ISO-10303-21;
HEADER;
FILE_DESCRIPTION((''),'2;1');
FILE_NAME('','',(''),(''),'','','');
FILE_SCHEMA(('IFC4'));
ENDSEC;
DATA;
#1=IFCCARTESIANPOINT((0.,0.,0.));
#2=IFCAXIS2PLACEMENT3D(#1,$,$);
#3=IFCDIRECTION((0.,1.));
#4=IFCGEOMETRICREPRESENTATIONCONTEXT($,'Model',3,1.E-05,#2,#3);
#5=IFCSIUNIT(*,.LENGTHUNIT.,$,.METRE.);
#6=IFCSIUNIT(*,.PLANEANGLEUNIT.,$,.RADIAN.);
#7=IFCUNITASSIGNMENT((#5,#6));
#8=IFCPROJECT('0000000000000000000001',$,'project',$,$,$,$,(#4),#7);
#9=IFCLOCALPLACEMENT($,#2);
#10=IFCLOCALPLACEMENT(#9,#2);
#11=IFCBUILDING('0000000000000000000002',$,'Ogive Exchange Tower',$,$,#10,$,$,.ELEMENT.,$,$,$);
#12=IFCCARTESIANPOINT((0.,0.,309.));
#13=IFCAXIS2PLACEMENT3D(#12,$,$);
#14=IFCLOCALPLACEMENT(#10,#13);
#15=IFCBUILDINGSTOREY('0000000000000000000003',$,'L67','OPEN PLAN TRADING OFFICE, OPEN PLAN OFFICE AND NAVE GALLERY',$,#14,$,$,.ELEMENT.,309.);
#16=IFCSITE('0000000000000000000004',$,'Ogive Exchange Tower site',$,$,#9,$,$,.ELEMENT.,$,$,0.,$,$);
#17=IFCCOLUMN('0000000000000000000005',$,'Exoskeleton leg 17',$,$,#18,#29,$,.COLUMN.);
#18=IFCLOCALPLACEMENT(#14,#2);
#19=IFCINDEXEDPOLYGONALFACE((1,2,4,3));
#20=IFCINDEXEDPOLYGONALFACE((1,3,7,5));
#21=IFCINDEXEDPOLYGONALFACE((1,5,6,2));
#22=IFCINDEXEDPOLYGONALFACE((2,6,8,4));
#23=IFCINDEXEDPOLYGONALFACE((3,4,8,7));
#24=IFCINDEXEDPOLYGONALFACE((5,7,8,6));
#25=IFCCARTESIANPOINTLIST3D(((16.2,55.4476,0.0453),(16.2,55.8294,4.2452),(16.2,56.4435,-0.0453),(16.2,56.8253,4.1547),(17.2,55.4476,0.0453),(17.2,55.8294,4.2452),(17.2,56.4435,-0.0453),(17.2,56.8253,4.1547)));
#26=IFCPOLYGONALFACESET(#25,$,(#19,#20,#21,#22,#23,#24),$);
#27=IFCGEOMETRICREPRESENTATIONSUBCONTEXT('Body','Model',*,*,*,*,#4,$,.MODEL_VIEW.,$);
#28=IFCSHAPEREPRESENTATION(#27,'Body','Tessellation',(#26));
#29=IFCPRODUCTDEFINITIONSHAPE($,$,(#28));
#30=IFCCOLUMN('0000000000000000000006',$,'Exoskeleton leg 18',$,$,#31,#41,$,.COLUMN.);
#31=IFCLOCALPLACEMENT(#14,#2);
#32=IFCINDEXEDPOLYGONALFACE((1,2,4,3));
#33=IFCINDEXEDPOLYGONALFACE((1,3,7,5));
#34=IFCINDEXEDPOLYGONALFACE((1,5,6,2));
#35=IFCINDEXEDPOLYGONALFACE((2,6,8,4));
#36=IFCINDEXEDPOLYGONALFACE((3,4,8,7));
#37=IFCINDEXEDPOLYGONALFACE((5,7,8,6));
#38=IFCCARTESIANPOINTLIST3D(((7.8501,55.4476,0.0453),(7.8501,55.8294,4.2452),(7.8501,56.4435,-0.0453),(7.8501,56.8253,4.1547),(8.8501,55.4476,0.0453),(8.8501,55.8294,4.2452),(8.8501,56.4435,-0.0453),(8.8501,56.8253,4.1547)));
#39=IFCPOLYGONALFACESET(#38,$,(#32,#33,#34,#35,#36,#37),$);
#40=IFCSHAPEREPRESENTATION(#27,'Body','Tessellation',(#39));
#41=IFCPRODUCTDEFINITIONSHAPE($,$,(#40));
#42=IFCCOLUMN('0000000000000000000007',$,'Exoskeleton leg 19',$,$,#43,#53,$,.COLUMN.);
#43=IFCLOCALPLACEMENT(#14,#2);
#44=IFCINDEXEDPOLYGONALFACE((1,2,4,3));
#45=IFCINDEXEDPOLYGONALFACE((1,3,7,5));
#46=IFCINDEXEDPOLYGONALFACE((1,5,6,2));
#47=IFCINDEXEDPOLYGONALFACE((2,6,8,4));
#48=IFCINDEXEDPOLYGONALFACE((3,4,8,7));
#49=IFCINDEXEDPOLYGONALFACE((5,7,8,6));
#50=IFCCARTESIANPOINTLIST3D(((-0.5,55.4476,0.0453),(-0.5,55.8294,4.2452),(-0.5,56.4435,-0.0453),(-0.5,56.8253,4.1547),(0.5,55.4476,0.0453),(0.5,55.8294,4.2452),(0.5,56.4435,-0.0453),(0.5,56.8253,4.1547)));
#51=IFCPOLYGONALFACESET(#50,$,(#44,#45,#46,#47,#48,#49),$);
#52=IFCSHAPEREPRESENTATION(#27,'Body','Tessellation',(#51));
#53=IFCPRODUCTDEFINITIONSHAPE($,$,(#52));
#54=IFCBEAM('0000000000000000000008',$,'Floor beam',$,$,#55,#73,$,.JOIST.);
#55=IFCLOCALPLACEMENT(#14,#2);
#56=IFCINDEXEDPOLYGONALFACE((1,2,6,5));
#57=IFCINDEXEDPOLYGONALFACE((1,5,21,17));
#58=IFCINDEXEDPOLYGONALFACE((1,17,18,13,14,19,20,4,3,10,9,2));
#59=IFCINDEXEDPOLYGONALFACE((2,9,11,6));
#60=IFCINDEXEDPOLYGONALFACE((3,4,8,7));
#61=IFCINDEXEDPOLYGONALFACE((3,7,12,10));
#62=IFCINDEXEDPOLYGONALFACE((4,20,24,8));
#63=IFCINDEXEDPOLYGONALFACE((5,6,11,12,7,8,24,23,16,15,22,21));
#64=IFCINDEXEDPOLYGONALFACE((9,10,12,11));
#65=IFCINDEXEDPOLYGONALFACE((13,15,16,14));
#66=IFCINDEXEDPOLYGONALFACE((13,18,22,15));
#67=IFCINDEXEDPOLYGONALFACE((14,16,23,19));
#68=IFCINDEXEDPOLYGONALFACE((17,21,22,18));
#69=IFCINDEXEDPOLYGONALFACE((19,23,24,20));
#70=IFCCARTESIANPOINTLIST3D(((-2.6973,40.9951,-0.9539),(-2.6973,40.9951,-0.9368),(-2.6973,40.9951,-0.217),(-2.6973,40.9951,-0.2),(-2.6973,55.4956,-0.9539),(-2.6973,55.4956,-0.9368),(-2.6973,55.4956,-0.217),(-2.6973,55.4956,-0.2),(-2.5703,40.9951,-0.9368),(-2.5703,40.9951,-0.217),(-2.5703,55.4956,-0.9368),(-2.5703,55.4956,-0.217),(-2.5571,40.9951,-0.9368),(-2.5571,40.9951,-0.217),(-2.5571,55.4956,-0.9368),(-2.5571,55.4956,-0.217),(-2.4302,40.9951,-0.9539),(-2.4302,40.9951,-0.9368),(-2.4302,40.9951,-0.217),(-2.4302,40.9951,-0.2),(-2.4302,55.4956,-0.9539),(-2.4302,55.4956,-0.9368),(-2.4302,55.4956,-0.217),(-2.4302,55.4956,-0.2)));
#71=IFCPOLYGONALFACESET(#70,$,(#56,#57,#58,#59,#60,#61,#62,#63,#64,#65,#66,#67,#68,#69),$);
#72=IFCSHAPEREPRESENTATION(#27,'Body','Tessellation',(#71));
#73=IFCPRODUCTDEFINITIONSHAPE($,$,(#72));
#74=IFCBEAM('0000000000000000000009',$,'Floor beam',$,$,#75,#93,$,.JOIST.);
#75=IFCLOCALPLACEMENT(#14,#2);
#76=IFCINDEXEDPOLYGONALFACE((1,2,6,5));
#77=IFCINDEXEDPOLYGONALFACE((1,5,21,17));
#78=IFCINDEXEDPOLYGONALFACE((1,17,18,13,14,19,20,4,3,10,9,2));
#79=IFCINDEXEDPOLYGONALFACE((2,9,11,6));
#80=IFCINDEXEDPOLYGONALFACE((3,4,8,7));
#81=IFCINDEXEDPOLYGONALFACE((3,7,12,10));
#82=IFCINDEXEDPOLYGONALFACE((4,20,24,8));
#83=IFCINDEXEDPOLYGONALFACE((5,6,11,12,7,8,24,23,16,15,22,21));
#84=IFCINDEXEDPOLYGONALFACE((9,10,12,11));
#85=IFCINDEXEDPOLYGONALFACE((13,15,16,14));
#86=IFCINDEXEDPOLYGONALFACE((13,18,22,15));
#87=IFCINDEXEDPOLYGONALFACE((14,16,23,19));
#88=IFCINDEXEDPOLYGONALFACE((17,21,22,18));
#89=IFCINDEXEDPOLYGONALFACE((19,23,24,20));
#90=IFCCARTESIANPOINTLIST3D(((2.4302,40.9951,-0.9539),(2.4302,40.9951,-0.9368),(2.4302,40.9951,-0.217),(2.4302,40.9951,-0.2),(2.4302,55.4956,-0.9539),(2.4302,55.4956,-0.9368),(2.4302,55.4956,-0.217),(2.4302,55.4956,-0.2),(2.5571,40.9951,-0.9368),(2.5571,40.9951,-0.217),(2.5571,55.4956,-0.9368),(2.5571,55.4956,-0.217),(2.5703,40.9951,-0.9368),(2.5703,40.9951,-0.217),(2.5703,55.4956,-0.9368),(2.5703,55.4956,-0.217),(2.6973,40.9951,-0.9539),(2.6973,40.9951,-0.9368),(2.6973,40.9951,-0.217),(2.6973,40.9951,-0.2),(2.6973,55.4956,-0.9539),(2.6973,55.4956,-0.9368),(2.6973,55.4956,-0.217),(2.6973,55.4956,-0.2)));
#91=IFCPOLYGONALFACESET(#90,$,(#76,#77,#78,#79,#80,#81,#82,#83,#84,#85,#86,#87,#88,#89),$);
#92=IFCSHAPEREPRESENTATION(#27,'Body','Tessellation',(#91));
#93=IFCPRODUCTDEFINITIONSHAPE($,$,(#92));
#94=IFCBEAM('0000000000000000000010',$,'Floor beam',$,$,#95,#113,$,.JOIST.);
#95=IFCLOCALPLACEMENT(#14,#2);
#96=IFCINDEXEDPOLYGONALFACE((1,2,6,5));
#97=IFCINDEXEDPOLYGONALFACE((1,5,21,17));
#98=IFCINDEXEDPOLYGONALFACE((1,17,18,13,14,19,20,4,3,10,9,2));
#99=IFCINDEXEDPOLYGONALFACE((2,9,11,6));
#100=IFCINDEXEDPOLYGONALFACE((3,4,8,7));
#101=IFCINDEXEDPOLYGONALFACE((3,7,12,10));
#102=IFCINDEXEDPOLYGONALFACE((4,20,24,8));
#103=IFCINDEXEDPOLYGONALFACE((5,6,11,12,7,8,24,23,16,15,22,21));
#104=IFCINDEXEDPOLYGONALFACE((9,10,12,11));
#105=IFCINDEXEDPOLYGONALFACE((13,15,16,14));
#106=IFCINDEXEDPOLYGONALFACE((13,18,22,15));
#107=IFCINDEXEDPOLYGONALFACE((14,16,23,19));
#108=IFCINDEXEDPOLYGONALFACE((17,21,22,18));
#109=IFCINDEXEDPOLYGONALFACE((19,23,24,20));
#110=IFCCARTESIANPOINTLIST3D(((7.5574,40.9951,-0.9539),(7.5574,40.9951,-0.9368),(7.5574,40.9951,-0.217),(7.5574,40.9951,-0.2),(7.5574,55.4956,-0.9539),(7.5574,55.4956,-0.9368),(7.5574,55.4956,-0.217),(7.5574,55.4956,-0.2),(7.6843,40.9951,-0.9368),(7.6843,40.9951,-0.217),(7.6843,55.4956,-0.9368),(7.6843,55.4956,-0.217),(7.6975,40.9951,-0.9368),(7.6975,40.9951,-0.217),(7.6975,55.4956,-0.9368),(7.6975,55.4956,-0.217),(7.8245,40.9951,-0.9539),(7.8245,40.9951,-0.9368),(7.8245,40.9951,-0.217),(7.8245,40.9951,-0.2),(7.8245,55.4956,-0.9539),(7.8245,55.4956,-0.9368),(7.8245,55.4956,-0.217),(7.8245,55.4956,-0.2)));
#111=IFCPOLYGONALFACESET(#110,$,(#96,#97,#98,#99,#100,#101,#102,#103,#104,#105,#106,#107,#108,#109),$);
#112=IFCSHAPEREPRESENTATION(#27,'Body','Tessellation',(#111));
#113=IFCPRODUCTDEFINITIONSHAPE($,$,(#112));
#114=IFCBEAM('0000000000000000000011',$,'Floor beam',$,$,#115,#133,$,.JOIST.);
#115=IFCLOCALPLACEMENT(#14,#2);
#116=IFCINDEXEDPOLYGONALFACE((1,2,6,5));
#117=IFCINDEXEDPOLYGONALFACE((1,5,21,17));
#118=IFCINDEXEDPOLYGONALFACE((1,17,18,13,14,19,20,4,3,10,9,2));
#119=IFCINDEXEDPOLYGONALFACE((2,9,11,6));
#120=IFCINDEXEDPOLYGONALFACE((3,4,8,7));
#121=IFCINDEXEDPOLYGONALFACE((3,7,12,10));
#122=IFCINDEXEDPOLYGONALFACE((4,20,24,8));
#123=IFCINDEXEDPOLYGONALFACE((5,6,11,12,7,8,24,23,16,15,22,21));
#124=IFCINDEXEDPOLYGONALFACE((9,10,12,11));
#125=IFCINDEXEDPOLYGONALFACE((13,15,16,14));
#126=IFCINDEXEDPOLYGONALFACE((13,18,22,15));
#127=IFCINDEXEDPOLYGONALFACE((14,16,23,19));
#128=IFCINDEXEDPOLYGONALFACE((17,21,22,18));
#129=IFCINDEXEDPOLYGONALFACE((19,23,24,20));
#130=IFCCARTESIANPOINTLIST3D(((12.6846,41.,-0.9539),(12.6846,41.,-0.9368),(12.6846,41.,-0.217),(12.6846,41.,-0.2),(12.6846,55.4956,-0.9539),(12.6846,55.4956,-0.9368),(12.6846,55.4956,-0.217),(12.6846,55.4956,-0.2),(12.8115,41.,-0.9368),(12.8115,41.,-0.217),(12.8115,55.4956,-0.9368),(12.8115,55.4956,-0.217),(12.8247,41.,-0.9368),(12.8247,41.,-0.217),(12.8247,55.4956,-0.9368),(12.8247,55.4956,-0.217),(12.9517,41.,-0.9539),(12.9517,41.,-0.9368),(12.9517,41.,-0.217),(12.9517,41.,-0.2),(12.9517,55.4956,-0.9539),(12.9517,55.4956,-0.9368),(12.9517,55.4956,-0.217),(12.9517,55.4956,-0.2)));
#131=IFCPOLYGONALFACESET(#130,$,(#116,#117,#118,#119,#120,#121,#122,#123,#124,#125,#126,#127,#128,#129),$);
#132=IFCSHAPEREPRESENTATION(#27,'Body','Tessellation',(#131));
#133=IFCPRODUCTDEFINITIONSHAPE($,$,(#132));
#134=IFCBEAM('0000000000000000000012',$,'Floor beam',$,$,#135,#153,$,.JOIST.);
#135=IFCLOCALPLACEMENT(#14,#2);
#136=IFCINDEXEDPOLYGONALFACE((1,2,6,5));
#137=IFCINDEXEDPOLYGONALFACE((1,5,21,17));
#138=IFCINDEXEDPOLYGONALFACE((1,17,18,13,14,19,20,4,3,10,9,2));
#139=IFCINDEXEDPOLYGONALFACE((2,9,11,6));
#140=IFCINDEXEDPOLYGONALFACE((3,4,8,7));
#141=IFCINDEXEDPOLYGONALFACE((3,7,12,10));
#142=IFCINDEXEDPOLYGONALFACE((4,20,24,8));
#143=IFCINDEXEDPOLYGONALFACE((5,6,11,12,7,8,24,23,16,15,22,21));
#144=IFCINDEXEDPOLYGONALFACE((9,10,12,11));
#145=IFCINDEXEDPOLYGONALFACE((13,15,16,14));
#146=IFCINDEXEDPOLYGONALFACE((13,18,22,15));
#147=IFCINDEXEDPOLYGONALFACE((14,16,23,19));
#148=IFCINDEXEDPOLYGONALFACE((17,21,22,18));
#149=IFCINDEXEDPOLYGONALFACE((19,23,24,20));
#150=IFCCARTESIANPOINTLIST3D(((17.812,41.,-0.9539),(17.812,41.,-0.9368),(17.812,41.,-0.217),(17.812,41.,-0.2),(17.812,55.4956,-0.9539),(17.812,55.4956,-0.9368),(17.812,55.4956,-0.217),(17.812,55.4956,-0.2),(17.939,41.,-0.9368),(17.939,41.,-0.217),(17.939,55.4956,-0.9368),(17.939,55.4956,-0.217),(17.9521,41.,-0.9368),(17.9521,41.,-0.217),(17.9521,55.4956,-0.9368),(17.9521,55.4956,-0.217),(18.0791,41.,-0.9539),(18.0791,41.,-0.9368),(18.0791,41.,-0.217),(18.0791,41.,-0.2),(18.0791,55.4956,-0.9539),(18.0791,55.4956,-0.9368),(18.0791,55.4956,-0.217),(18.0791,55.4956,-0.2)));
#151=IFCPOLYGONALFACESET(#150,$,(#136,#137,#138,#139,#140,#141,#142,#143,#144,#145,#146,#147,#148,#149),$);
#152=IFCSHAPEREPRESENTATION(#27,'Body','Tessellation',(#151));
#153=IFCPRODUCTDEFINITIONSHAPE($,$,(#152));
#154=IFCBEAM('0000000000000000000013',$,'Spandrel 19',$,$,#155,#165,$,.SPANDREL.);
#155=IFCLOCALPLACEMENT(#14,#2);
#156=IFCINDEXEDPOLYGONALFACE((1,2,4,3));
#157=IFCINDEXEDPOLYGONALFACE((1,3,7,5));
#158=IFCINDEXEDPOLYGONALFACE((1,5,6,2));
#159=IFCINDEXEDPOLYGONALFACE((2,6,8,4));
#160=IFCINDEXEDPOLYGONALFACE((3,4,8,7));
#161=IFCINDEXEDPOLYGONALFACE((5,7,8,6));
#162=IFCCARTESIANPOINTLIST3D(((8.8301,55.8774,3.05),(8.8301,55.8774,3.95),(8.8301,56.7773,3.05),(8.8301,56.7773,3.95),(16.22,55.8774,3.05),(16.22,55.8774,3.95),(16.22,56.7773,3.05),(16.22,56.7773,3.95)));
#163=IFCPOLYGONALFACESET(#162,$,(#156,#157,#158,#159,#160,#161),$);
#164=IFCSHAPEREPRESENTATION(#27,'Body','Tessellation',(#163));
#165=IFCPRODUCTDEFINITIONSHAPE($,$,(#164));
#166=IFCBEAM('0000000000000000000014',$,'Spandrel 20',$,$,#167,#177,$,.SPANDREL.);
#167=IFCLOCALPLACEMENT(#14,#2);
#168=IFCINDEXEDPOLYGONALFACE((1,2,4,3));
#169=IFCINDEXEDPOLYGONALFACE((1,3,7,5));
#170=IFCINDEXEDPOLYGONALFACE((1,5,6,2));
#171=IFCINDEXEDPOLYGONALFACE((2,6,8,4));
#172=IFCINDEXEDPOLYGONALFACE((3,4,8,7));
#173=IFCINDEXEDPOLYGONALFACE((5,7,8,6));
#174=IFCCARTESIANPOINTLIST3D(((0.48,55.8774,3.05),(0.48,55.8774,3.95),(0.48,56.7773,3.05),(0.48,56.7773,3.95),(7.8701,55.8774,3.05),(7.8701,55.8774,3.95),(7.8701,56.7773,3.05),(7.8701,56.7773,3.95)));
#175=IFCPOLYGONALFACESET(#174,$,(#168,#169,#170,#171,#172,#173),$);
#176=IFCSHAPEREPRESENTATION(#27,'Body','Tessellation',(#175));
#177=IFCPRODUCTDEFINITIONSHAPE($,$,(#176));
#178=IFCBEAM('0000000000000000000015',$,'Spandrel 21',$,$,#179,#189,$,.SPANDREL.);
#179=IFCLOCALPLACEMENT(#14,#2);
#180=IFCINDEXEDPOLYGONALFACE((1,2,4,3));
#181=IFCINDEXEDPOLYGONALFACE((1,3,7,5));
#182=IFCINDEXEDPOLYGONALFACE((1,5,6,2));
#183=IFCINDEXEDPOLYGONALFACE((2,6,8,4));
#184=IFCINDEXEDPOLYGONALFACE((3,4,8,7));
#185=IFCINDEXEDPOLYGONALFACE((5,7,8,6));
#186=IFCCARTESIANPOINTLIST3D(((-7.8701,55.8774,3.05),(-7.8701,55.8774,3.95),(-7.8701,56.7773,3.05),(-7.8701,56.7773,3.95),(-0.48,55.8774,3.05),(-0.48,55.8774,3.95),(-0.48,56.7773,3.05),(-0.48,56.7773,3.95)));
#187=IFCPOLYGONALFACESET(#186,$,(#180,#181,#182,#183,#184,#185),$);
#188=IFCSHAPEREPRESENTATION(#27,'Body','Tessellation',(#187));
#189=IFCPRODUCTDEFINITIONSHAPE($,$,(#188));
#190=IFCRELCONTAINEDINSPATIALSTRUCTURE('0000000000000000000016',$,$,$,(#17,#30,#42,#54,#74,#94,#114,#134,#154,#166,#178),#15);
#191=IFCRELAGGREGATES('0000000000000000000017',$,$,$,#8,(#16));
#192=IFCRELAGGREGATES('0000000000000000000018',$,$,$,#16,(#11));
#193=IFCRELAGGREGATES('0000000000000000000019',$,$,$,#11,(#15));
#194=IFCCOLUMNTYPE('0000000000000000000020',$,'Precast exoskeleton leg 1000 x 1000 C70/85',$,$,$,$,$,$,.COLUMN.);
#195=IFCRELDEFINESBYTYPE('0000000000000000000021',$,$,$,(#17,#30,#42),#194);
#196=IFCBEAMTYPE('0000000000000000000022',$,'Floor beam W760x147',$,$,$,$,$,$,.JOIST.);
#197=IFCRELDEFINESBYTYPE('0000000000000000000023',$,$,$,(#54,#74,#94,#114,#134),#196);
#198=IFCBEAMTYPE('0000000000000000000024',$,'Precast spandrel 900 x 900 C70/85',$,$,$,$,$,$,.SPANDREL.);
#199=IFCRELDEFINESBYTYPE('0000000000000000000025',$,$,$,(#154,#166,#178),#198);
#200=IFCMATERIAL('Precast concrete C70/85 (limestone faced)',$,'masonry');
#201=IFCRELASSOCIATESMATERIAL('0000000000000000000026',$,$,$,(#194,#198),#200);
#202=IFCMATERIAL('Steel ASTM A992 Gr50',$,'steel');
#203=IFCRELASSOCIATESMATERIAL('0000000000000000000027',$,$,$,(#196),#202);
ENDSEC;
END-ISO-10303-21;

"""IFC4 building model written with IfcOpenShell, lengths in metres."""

from ifc_helpers import new_model, si_unit, direction, frame, origin, origin_2d, place, context, subcontext, project, spatial, rectangle, i_section, extrude, material, material_profile, profile_set, type_object, element, save


model = new_model("IFC4")

# Units and contexts
model_context = context("Model", 3, precision=1e-05, world=origin(), true_north=direction((0.0, 1.0)))
body_context = subcontext(model_context, "Body", "Model", "MODEL_VIEW")
ifc_project = project(units=[si_unit("LENGTHUNIT", "METRE"), si_unit("PLANEANGLEUNIT", "RADIAN")], contexts=[model_context])

# Site, building, storey
site_placement = place(None, origin())
site = spatial("IfcSite", under=ifc_project, at=site_placement, Name="Ogive Exchange Tower site", CompositionType="ELEMENT", RefElevation=0.0)
building_placement = place(site_placement, origin())
building = spatial("IfcBuilding", under=site, at=building_placement, Name="Ogive Exchange Tower", CompositionType="ELEMENT")
storey_placement = place(building_placement, frame((0.0, 0.0, 309.0)))
storey = spatial("IfcBuildingStorey", under=building, at=storey_placement, Name="L67", Description="OPEN PLAN TRADING OFFICE, OPEN PLAN OFFICE AND NAVE GALLERY", CompositionType="ELEMENT", Elevation=309.0)

# Columns
ifc_material_1 = material(Name="Precast concrete C70/85 (limestone faced)", Category="masonry")
ifc_material_profile_1 = material_profile(ifc_material_1, rectangle(XDim=1.0, YDim=1.0, at=origin_2d()), Name="1000 x 1000")
ifc_profile_set_1 = profile_set([ifc_material_profile_1], Name="Precast concrete C70/85 (limestone faced)")
column_type = type_object("IfcColumnType", Name="Precast exoskeleton leg 1000 x 1000 C70/85", PredefinedType="COLUMN", material=ifc_profile_set_1)
for number, where, z_axis, x_axis, name in (
    (1, (16.7, 55.9456, 0.0), (0.0, 0.090541, 0.995893), (-1.0, 0.0, 0.0), "Exoskeleton leg 17"),
    (2, (8.3501, 55.9456, 0.0), (0.0, 0.090541, 0.995893), (-1.0, 0.0, 0.0), "Exoskeleton leg 18"),
    (3, (0.0, 55.9456, 0.0), (0.0, 0.090541, 0.995893), (-1.0, 0.0, 0.0), "Exoskeleton leg 19"),
):
    element("IfcColumn", number, at=place(storey_placement, frame(where, z_axis=z_axis, x_axis=x_axis)), inside=storey, type_object=column_type, Name=name, PredefinedType="COLUMN", context=body_context, shape_type="SweptSolid", body=[
        extrude(rectangle(XDim=1.0, YDim=1.0, at=origin_2d()), origin(), (0.0, 0.0, 1.0), 4.2173),
    ])

# Beams
ifc_material_2 = material(Name="Steel ASTM A992 Gr50", Category="steel")
ifc_material_profile_2 = material_profile(ifc_material_2, i_section(OverallWidth=0.2671, OverallDepth=0.7539, WebThickness=0.0132, FlangeThickness=0.0171, at=origin_2d()), Name="W760x147")
ifc_profile_set_2 = profile_set([ifc_material_profile_2], Name="Steel ASTM A992 Gr50")
beam_type_1 = type_object("IfcBeamType", Name="Floor beam W760x147", PredefinedType="JOIST", material=ifc_profile_set_2)
for number, where, z_axis, x_axis, name in (
    (4, (-2.5637, 40.9951, -0.5769), (0.0, 1.0, 0.0), (-1.0, 0.0, 0.0), "Floor beam"),
    (5, (2.5637, 40.9951, -0.5769), (0.0, 1.0, 0.0), (-1.0, 0.0, 0.0), "Floor beam"),
    (6, (7.6909, 40.9951, -0.5769), (0.0, 1.0, 0.0), (-1.0, 0.0, 0.0), "Floor beam"),
):
    element("IfcBeam", number, at=place(storey_placement, frame(where, z_axis=z_axis, x_axis=x_axis)), inside=storey, type_object=beam_type_1, Name=name, PredefinedType="JOIST", context=body_context, shape_type="SweptSolid", body=[
        extrude(i_section(OverallWidth=0.2671, OverallDepth=0.7539, WebThickness=0.0132, FlangeThickness=0.0171, at=origin_2d()), origin(), (0.0, 0.0, 1.0), 14.5005),
    ])
for number, where, z_axis, x_axis, name in (
    (7, (12.8181, 41.0, -0.5769), (0.0, 1.0, 0.0), (-1.0, 0.0, 0.0), "Floor beam"),
    (8, (17.9456, 41.0, -0.5769), (0.0, 1.0, 0.0), (-1.0, 0.0, 0.0), "Floor beam"),
):
    element("IfcBeam", number, at=place(storey_placement, frame(where, z_axis=z_axis, x_axis=x_axis)), inside=storey, type_object=beam_type_1, Name=name, PredefinedType="JOIST", context=body_context, shape_type="SweptSolid", body=[
        extrude(i_section(OverallWidth=0.2671, OverallDepth=0.7539, WebThickness=0.0132, FlangeThickness=0.0171, at=origin_2d()), origin(), (0.0, 0.0, 1.0), 14.4956),
    ])
ifc_material_profile_3 = material_profile(ifc_material_1, rectangle(XDim=0.8999, YDim=0.8999, at=origin_2d()), Name="900 x 900")
ifc_profile_set_3 = profile_set([ifc_material_profile_3], Name="Precast concrete C70/85 (limestone faced)")
beam_type_2 = type_object("IfcBeamType", Name="Precast spandrel 900 x 900 C70/85", PredefinedType="SPANDREL", material=ifc_profile_set_3)
beam_placement = place(storey_placement, frame((16.22, 56.3274, 3.5), z_axis=(-1.0, 0.0, 0.0), x_axis=(0.0, -1.0, 0.0)))
element("IfcBeam", 9, at=beam_placement, inside=storey, type_object=beam_type_2, Name="Spandrel 19", PredefinedType="SPANDREL", context=body_context, shape_type="SweptSolid", body=[
    extrude(rectangle(XDim=0.8999, YDim=0.8999, at=origin_2d()), origin(), (0.0, 0.0, 1.0), 7.3899),
])
for number, where, z_axis, x_axis, name in (
    (10, (7.8701, 56.3274, 3.5), (-1.0, 0.0, 0.0), (0.0, -1.0, 0.0), "Spandrel 20"),
    (11, (-0.48, 56.3274, 3.5), (-1.0, 0.0, 0.0), (0.0, -1.0, 0.0), "Spandrel 21"),
):
    element("IfcBeam", number, at=place(storey_placement, frame(where, z_axis=z_axis, x_axis=x_axis)), inside=storey, type_object=beam_type_2, Name=name, PredefinedType="SPANDREL", context=body_context, shape_type="SweptSolid", body=[
        extrude(rectangle(XDim=0.8999, YDim=0.8999, at=origin_2d()), origin(), (0.0, 0.0, 1.0), 7.3901),
    ])

save(model, "model.ifc")
